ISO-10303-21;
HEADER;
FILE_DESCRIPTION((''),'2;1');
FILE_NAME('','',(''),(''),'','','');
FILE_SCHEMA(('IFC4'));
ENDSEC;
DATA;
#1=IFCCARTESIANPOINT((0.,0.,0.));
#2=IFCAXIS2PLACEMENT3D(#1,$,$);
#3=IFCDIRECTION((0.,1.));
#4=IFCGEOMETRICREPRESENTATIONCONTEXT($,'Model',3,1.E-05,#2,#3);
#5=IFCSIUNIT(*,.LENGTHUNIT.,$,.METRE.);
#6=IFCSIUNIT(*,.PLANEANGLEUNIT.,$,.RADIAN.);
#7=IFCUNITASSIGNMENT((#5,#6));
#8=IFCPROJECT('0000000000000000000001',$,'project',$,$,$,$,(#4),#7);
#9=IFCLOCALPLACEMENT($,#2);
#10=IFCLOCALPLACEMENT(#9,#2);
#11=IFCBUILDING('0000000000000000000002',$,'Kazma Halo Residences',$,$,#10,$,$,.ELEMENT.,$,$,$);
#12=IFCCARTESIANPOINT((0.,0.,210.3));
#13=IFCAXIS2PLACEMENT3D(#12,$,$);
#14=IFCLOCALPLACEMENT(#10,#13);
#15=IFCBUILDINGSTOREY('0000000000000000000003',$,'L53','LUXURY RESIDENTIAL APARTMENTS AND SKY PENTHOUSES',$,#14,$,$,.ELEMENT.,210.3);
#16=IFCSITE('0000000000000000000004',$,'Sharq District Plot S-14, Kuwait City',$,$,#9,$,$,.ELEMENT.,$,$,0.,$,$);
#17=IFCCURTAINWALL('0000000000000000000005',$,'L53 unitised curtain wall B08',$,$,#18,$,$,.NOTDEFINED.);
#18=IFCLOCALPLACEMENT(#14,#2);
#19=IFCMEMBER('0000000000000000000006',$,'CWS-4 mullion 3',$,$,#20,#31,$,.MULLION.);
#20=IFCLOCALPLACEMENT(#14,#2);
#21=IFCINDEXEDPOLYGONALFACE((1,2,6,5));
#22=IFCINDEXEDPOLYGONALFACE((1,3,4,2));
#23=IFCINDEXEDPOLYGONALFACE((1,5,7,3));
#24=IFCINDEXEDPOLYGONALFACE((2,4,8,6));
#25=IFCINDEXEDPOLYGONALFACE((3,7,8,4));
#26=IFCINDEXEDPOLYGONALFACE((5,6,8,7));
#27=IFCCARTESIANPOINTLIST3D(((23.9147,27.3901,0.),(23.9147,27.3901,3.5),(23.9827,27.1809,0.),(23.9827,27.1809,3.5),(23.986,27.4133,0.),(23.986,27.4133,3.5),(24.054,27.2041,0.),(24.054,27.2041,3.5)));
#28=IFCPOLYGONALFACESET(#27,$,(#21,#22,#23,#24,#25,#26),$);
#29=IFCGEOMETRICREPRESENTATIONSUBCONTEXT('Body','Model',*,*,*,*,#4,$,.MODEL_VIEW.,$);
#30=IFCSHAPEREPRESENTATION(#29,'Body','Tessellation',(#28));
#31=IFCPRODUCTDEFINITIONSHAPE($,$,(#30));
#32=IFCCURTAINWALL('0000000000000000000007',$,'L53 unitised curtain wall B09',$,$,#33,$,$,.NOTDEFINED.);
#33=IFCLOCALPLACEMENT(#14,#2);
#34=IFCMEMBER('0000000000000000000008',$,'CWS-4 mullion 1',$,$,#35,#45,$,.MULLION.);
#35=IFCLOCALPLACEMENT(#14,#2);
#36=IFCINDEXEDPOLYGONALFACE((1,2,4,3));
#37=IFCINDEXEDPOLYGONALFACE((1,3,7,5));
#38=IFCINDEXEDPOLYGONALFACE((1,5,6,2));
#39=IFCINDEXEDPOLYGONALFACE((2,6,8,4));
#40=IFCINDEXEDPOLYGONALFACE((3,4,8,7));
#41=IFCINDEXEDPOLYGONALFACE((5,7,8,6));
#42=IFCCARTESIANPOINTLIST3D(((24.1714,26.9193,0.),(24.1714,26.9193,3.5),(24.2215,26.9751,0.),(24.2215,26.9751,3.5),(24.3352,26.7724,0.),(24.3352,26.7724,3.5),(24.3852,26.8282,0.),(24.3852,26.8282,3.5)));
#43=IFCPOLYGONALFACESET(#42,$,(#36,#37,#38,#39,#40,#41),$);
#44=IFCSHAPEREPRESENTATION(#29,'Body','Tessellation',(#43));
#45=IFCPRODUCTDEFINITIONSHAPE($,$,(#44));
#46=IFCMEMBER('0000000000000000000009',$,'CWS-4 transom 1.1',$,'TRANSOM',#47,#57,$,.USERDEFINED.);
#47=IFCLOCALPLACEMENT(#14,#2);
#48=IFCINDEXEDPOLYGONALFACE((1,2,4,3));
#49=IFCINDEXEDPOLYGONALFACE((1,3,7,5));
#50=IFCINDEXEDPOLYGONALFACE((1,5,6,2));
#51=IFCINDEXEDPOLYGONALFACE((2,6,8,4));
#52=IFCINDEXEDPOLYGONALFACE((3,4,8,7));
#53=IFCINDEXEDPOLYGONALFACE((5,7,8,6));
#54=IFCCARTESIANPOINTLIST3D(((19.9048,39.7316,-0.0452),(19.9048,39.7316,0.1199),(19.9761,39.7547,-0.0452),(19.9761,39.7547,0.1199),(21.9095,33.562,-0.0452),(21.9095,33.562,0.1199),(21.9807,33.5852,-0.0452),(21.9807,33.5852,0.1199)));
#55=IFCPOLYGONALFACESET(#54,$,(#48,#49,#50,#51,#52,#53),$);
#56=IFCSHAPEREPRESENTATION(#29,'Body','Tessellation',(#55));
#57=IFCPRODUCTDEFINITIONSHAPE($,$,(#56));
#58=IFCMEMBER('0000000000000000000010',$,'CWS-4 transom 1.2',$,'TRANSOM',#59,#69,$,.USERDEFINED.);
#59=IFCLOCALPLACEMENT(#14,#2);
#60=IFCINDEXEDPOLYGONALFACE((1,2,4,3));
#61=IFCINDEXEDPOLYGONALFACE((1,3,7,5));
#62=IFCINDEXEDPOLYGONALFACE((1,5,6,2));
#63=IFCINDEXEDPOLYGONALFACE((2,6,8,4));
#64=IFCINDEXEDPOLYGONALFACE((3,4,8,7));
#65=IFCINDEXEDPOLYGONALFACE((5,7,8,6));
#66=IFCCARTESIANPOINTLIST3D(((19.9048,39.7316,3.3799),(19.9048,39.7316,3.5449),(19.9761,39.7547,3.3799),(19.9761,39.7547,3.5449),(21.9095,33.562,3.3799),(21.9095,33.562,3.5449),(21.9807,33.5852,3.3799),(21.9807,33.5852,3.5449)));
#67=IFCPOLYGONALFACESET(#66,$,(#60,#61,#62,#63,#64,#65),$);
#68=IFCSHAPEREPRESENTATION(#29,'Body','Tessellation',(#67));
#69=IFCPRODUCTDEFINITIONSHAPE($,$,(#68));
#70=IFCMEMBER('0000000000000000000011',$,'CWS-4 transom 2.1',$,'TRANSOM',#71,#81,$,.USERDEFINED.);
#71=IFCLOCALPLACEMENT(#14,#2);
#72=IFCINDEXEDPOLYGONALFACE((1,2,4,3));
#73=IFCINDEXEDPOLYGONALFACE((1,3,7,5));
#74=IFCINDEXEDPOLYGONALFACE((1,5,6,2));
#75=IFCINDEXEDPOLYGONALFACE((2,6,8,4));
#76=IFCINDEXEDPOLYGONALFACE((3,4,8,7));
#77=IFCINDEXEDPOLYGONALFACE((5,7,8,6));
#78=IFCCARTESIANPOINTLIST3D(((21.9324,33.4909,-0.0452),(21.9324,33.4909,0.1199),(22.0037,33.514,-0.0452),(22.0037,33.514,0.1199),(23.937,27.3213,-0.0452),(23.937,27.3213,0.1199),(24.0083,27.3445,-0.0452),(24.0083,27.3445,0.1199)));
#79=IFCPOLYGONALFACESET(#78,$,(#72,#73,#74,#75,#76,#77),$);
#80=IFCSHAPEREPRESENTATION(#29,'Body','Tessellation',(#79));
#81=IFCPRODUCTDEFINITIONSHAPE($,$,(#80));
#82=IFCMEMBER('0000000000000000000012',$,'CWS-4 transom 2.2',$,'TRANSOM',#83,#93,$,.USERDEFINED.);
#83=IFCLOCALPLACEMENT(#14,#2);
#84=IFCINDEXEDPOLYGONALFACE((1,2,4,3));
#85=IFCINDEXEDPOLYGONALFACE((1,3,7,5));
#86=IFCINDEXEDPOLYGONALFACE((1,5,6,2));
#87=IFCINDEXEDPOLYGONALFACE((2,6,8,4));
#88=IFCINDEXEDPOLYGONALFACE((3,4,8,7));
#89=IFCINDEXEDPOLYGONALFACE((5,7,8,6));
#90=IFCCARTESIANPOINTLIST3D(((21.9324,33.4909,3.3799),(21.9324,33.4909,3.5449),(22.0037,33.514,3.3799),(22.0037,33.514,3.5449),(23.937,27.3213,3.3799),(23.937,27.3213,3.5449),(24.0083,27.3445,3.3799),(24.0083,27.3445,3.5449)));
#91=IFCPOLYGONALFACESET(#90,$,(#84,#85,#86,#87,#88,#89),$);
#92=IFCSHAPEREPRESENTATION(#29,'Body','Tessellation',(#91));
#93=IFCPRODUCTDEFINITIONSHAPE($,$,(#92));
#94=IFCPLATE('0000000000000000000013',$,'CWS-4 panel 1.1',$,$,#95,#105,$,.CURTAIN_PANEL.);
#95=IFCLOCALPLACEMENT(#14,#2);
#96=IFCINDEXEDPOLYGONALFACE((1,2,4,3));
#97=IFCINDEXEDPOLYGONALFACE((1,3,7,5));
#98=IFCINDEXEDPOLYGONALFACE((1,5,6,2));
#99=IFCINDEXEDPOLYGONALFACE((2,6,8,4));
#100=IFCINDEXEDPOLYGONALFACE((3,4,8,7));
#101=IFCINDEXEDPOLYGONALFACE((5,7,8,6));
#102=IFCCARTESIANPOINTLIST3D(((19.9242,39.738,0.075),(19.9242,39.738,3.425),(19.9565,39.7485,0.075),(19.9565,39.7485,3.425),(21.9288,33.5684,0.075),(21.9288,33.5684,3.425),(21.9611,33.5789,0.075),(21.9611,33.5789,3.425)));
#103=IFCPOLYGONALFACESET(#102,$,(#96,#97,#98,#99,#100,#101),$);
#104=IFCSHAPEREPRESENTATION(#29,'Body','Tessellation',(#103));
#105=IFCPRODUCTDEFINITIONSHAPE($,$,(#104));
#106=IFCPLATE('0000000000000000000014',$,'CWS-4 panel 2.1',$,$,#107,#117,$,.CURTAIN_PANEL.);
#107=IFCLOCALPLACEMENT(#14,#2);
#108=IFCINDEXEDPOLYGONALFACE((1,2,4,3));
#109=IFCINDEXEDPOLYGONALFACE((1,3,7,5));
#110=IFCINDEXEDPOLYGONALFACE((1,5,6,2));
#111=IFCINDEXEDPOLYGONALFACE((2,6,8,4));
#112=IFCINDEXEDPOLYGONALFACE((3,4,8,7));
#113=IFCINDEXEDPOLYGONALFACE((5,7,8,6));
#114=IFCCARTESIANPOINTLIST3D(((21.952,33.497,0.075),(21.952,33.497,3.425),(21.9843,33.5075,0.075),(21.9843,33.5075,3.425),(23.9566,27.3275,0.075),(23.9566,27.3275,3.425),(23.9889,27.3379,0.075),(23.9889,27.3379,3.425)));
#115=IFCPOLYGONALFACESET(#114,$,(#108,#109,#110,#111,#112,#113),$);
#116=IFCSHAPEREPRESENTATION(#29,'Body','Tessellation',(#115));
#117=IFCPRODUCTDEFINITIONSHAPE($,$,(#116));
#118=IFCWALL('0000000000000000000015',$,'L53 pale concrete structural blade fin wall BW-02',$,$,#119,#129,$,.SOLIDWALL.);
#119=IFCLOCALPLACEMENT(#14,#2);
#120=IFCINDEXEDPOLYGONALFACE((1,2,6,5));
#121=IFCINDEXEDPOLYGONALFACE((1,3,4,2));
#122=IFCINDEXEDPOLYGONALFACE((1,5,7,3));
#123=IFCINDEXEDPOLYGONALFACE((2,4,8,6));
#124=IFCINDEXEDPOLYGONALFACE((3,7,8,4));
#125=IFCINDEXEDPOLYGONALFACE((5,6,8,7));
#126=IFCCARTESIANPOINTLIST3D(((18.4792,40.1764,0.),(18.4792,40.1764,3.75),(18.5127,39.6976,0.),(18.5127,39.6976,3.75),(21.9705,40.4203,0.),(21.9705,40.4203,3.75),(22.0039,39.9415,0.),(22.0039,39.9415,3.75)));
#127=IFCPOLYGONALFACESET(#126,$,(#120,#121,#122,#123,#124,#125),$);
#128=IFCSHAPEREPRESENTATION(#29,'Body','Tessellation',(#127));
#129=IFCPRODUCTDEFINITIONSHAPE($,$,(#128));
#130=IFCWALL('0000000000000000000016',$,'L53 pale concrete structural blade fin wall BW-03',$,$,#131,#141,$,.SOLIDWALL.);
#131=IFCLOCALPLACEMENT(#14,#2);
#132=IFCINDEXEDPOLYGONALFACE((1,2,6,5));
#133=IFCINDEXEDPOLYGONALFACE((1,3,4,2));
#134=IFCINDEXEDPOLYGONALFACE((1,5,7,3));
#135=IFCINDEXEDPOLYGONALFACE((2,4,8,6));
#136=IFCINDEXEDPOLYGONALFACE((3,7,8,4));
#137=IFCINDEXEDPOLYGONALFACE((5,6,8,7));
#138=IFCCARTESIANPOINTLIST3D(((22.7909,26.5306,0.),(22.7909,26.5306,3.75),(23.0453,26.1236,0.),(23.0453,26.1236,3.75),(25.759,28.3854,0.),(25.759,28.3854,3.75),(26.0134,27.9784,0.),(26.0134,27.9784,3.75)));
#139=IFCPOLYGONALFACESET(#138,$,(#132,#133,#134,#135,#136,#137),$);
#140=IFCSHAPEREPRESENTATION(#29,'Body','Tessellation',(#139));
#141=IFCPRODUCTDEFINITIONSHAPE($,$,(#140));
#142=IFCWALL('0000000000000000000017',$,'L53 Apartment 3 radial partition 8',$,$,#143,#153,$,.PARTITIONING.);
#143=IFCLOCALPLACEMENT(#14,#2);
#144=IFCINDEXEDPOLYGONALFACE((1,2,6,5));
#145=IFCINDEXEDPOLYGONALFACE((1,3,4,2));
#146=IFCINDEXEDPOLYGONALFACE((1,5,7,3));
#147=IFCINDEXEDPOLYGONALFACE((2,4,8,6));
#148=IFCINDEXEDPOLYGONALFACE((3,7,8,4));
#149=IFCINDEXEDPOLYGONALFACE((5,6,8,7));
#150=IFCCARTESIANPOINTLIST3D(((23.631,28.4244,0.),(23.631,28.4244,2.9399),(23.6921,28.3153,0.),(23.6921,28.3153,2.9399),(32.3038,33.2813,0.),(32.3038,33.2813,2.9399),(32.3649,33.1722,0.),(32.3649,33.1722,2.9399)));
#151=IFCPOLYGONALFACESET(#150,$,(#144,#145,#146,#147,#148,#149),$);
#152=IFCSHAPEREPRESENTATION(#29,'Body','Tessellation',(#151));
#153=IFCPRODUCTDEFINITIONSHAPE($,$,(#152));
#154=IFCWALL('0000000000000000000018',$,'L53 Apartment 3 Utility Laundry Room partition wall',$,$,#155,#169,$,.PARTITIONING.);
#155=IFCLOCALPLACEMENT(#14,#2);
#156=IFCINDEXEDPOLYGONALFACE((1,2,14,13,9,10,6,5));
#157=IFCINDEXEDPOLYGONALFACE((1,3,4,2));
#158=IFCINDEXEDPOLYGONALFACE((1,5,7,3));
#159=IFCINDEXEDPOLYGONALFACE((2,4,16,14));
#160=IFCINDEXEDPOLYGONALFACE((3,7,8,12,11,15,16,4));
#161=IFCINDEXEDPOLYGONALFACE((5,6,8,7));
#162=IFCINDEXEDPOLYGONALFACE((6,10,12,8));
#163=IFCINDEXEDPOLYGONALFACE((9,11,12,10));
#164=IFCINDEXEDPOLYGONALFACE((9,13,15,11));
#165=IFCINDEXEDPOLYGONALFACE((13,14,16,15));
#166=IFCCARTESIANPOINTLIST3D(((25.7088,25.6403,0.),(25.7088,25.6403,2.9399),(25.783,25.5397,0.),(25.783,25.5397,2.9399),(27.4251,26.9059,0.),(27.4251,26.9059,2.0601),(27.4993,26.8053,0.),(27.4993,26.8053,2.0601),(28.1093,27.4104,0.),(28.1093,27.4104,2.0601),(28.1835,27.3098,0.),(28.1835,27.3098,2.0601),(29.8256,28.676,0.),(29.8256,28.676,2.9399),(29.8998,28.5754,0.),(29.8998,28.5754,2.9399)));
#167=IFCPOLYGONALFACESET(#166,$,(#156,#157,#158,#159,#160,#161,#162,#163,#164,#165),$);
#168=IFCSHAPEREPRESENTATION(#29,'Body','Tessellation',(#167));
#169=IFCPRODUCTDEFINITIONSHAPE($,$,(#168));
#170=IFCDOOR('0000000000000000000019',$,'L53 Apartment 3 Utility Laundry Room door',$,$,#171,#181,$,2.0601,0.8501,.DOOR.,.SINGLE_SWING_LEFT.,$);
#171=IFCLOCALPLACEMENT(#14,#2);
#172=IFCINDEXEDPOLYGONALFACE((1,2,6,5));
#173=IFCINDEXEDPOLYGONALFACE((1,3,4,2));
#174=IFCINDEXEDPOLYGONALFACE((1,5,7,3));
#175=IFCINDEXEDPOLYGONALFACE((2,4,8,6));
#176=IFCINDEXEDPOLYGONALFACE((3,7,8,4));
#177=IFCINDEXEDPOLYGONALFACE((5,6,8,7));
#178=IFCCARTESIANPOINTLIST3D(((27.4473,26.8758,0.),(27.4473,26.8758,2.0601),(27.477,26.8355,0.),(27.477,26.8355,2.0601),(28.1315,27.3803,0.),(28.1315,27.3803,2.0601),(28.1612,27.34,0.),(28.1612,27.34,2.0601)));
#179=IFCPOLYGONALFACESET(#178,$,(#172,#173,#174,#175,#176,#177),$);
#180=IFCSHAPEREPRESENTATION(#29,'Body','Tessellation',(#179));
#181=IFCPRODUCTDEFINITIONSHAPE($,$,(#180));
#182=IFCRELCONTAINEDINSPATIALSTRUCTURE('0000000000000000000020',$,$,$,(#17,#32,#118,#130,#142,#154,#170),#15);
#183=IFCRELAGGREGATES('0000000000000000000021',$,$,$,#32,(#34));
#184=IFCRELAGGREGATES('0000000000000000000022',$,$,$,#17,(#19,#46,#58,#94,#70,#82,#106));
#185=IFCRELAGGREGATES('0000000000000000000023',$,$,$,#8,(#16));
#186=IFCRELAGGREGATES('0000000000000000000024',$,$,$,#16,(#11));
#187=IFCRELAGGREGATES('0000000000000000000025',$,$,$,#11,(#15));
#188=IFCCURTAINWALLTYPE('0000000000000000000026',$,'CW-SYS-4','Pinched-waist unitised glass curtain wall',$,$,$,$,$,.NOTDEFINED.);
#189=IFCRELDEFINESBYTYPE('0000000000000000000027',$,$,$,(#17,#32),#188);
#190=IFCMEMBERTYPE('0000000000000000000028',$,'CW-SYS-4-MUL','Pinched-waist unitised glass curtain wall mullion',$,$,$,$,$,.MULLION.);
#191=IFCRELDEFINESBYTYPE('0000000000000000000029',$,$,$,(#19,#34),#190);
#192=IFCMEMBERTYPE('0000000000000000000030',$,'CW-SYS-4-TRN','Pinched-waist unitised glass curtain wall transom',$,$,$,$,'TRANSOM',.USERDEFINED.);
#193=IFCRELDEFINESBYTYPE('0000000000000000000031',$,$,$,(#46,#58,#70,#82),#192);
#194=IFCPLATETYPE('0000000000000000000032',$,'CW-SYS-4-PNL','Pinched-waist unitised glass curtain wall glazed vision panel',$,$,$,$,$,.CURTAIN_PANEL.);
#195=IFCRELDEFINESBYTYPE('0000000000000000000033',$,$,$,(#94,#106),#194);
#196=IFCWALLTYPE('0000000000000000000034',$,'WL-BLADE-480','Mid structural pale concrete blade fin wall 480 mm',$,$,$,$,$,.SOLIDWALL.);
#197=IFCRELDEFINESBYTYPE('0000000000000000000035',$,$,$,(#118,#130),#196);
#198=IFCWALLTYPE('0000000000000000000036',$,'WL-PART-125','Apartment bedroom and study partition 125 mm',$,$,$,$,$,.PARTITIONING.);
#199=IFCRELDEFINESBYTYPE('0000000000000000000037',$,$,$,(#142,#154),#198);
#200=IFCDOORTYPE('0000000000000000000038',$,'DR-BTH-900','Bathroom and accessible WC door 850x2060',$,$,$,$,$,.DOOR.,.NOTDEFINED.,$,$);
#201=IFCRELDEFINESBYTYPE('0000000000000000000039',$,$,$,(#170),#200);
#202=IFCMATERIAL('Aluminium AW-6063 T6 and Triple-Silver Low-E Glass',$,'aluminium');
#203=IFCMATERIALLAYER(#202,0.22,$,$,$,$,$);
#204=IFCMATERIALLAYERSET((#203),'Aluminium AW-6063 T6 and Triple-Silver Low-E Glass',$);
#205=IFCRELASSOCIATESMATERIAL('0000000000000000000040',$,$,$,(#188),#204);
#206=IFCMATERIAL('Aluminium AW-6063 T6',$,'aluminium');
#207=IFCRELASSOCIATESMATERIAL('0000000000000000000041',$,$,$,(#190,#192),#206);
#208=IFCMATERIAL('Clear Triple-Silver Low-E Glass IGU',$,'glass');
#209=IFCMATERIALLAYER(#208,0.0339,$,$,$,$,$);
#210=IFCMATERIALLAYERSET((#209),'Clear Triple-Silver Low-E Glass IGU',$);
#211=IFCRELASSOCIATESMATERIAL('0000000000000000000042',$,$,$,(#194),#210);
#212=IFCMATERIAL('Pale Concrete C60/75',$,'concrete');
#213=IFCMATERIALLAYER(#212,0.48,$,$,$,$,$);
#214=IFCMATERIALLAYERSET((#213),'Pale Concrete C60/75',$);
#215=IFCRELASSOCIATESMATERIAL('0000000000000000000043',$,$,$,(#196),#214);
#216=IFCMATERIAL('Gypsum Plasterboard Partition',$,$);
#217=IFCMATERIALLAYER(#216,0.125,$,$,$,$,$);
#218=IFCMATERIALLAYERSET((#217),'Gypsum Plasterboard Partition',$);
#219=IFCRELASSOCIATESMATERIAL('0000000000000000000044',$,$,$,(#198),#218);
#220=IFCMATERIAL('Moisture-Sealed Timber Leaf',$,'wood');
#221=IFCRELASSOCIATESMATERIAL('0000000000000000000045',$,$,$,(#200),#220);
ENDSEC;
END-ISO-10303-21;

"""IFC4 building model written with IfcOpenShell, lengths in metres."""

from ifc_helpers import new_model, si_unit, direction, frame, frame_2d, origin, origin_2d, place, context, subcontext, project, spatial, rectangle, extrude, material, layer, layer_set, material_profile, profile_set, type_object, element, fill, aggregate, save


model = new_model("IFC4")

# Units and contexts
model_context = context("Model", 3, precision=1e-05, world=origin(), true_north=direction((0.0, 1.0)))
body_context = subcontext(model_context, "Body", "Model", "MODEL_VIEW")
ifc_project = project(units=[si_unit("LENGTHUNIT", "METRE"), si_unit("PLANEANGLEUNIT", "RADIAN")], contexts=[model_context])

# Site, building, storey
site_placement = place(None, origin())
site = spatial("IfcSite", under=ifc_project, at=site_placement, Name="Sharq District Plot S-14, Kuwait City", CompositionType="ELEMENT", RefElevation=0.0)
building_placement = place(site_placement, origin())
building = spatial("IfcBuilding", under=site, at=building_placement, Name="Kazma Halo Residences", CompositionType="ELEMENT")
storey_placement = place(building_placement, frame((0.0, 0.0, 210.3)))
storey = spatial("IfcBuildingStorey", under=building, at=storey_placement, Name="L53", Description="LUXURY RESIDENTIAL APARTMENTS AND SKY PENTHOUSES", CompositionType="ELEMENT", Elevation=210.3)

# Shared definitions
ifc_material_1 = material(Name="Aluminium AW-6063 T6 and Triple-Silver Low-E Glass", Category="aluminium")
ifc_layer_1 = layer(ifc_material_1, 0.22)
ifc_layer_set_1 = layer_set([ifc_layer_1], Name="Aluminium AW-6063 T6 and Triple-Silver Low-E Glass")
curtain_wall_type = type_object("IfcCurtainWallType", Name="CW-SYS-4", Description="Pinched-waist unitised glass curtain wall", PredefinedType="NOTDEFINED", material=ifc_layer_set_1)
ifc_material_2 = material(Name="Aluminium AW-6063 T6", Category="aluminium")
ifc_material_profile_1 = material_profile(ifc_material_2, rectangle(XDim=0.075, YDim=0.22, at=origin_2d()), Name="CWM-75x220")
ifc_profile_set_1 = profile_set([ifc_material_profile_1], Name="Aluminium AW-6063 T6")
member_type_1 = type_object("IfcMemberType", Name="CW-SYS-4-MUL", Description="Pinched-waist unitised glass curtain wall mullion", PredefinedType="MULLION", material=ifc_profile_set_1)

# Curtain wall, member
curtain_wall_1_placement = place(storey_placement, origin())
curtain_wall_1 = element("IfcCurtainWall", 1, at=curtain_wall_1_placement, inside=storey, type_object=curtain_wall_type, Name="L53 unitised curtain wall B08", PredefinedType="NOTDEFINED")
member_1_placement = place(storey_placement, frame((23.9844, 27.2971, 0.0), z_axis=(0.0, 0.0, 1.0), x_axis=(0.951057, 0.309016, 0.0)))
member_1 = element("IfcMember", 2, at=member_1_placement, type_object=member_type_1, Name="CWS-4 mullion 3", PredefinedType="MULLION", context=body_context, shape_type="SweptSolid", body=[
    extrude(rectangle(XDim=0.075, YDim=0.22, at=origin_2d()), origin(), (0.0, 0.0, 1.0), 3.5),
])

# Curtain wall, member
curtain_wall_2_placement = place(storey_placement, origin())
curtain_wall_2 = element("IfcCurtainWall", 3, at=curtain_wall_2_placement, inside=storey, type_object=curtain_wall_type, Name="L53 unitised curtain wall B09", PredefinedType="NOTDEFINED")
member_2_placement = place(storey_placement, frame((24.2783, 26.8738, 0.0), z_axis=(0.0, 0.0, 1.0), x_axis=(0.667784, 0.744355, 0.0)))
member_2 = element("IfcMember", 4, at=member_2_placement, type_object=member_type_1, Name="CWS-4 mullion 1", PredefinedType="MULLION", context=body_context, shape_type="SweptSolid", body=[
    extrude(rectangle(XDim=0.075, YDim=0.22, at=origin_2d()), origin(), (0.0, 0.0, 1.0), 3.5),
])
aggregate(curtain_wall_2, [member_2])

# Members
ifc_material_profile_2 = material_profile(ifc_material_2, rectangle(XDim=0.075, YDim=0.165, at=origin_2d()), Name="CWT-75x165")
ifc_profile_set_2 = profile_set([ifc_material_profile_2], Name="Aluminium AW-6063 T6")
member_type_2 = type_object("IfcMemberType", Name="CW-SYS-4-TRN", Description="Pinched-waist unitised glass curtain wall transom", ElementType="TRANSOM", PredefinedType="USERDEFINED", material=ifc_profile_set_2)
member_3_placement = place(storey_placement, frame((19.9404, 39.7432, 0.0374), z_axis=(0.309027, -0.951053, 0.0), x_axis=(0.951053, 0.309027, 0.0)))
member_3 = element("IfcMember", 5, at=member_3_placement, type_object=member_type_2, Name="CWS-4 transom 1.1", ObjectType="TRANSOM", PredefinedType="USERDEFINED", context=body_context, shape_type="SweptSolid", body=[
    extrude(rectangle(XDim=0.075, YDim=0.165, at=origin_2d()), origin(), (0.0, 0.0, 1.0), 6.4871),
])
member_4_placement = place(storey_placement, frame((19.9404, 39.7432, 3.4624), z_axis=(0.309027, -0.951053, 0.0), x_axis=(0.951053, 0.309027, 0.0)))
member_4 = element("IfcMember", 6, at=member_4_placement, type_object=member_type_2, Name="CWS-4 transom 1.2", ObjectType="TRANSOM", PredefinedType="USERDEFINED", context=body_context, shape_type="SweptSolid", body=[
    extrude(rectangle(XDim=0.075, YDim=0.165, at=origin_2d()), origin(), (0.0, 0.0, 1.0), 6.4871),
])
member_5_placement = place(storey_placement, frame((21.968, 33.5024, 0.0374), z_axis=(0.309015, -0.951057, 0.0), x_axis=(0.951057, 0.309015, 0.0)))
member_5 = element("IfcMember", 7, at=member_5_placement, type_object=member_type_2, Name="CWS-4 transom 2.1", ObjectType="TRANSOM", PredefinedType="USERDEFINED", context=body_context, shape_type="SweptSolid", body=[
    extrude(rectangle(XDim=0.075, YDim=0.165, at=origin_2d()), origin(), (0.0, 0.0, 1.0), 6.4871),
])
member_6_placement = place(storey_placement, frame((21.968, 33.5024, 3.4624), z_axis=(0.309015, -0.951057, 0.0), x_axis=(0.951057, 0.309015, 0.0)))
member_6 = element("IfcMember", 8, at=member_6_placement, type_object=member_type_2, Name="CWS-4 transom 2.2", ObjectType="TRANSOM", PredefinedType="USERDEFINED", context=body_context, shape_type="SweptSolid", body=[
    extrude(rectangle(XDim=0.075, YDim=0.165, at=origin_2d()), origin(), (0.0, 0.0, 1.0), 6.4871),
])

# Plates
ifc_material_3 = material(Name="Clear Triple-Silver Low-E Glass IGU", Category="glass")
ifc_layer_2 = layer(ifc_material_3, 0.0339)
ifc_layer_set_2 = layer_set([ifc_layer_2], Name="Clear Triple-Silver Low-E Glass IGU")
plate_type = type_object("IfcPlateType", Name="CW-SYS-4-PNL", Description="Pinched-waist unitised glass curtain wall glazed vision panel", PredefinedType="CURTAIN_PANEL", material=ifc_layer_set_2)
plate_1_placement = place(storey_placement, frame((20.9426, 36.6584, 0.075), z_axis=(0.0, 0.0, 1.0), x_axis=(0.309016, -0.951057, 0.0)))
plate_1 = element("IfcPlate", 9, at=plate_1_placement, type_object=plate_type, Name="CWS-4 panel 1.1", PredefinedType="CURTAIN_PANEL", context=body_context, shape_type="SweptSolid", body=[
    extrude(rectangle(XDim=6.4871, YDim=0.0339, at=origin_2d()), origin(), (0.0, 0.0, 1.0), 3.3501),
])
plate_2_placement = place(storey_placement, frame((22.9705, 30.4175, 0.075), z_axis=(0.0, 0.0, 1.0), x_axis=(0.309016, -0.951057, 0.0)))
plate_2 = element("IfcPlate", 10, at=plate_2_placement, type_object=plate_type, Name="CWS-4 panel 2.1", PredefinedType="CURTAIN_PANEL", context=body_context, shape_type="SweptSolid", body=[
    extrude(rectangle(XDim=6.4871, YDim=0.0339, at=origin_2d()), origin(), (0.0, 0.0, 1.0), 3.3501),
])
aggregate(curtain_wall_1, [member_1, member_3, member_4, plate_1, member_5, member_6, plate_2])

# Walls
ifc_material_4 = material(Name="Pale Concrete C60/75", Category="concrete")
ifc_layer_3 = layer(ifc_material_4, 0.48)
ifc_layer_set_3 = layer_set([ifc_layer_3], Name="Pale Concrete C60/75")
wall_type_1 = type_object("IfcWallType", Name="WL-BLADE-480", Description="Mid structural pale concrete blade fin wall 480 mm", PredefinedType="SOLIDWALL", material=ifc_layer_set_3)
wall_1_placement = place(storey_placement, frame((21.9873, 40.1809, 0.0), z_axis=(0.0, 0.0, 1.0), x_axis=(-0.997569, -0.06969, 0.0)))
element("IfcWall", 11, at=wall_1_placement, inside=storey, type_object=wall_type_1, Name="L53 pale concrete structural blade fin wall BW-02", PredefinedType="SOLIDWALL", context=body_context, shape_type="SweptSolid", body=[
    extrude(rectangle(XDim=3.4998, YDim=0.48, at=frame_2d((1.75, 0.0))), origin(), (0.0, 0.0, 1.0), 3.75),
])
wall_2_placement = place(storey_placement, frame((25.8862, 28.1819, 0.0), z_axis=(0.0, 0.0, 1.0), x_axis=(-0.848034, -0.529943, 0.0)))
element("IfcWall", 12, at=wall_2_placement, inside=storey, type_object=wall_type_1, Name="L53 pale concrete structural blade fin wall BW-03", PredefinedType="SOLIDWALL", context=body_context, shape_type="SweptSolid", body=[
    extrude(rectangle(XDim=3.5, YDim=0.48, at=frame_2d((1.75, 0.0))), origin(), (0.0, 0.0, 1.0), 3.75),
])
ifc_material_5 = material(Name="Gypsum Plasterboard Partition")
ifc_layer_4 = layer(ifc_material_5, 0.125)
ifc_layer_set_4 = layer_set([ifc_layer_4], Name="Gypsum Plasterboard Partition")
wall_type_2 = type_object("IfcWallType", Name="WL-PART-125", Description="Apartment bedroom and study partition 125 mm", PredefinedType="PARTITIONING", material=ifc_layer_set_4)
wall_3_placement = place(storey_placement, frame((32.3345, 33.2268, 0.0), z_axis=(0.0, 0.0, 1.0), x_axis=(-0.8725, -0.488614, 0.0)))
element("IfcWall", 13, at=wall_3_placement, inside=storey, type_object=wall_type_2, Name="L53 Apartment 3 radial partition 8", PredefinedType="PARTITIONING", context=body_context, shape_type="SweptSolid", body=[
    extrude(rectangle(XDim=9.9402, YDim=0.125, at=frame_2d((4.9702, 0.0))), origin(), (0.0, 0.0, 1.0), 2.9399),
])

# Wall, opening, door
wall_4_placement = place(storey_placement, frame((29.8628, 28.6257, 0.0), z_axis=(0.0, 0.0, 1.0), x_axis=(-0.804842, -0.593489, 0.0)))
wall_4 = element("IfcWall", 14, at=wall_4_placement, inside=storey, type_object=wall_type_2, Name="L53 Apartment 3 Utility Laundry Room partition wall", PredefinedType="PARTITIONING", context=body_context, shape_type="SweptSolid", body=[
    extrude(rectangle(XDim=5.115, YDim=0.125, at=frame_2d((2.5576, 0.0))), origin(), (0.0, 0.0, 1.0), 2.9399),
])
opening_1_placement = place(wall_4_placement, frame((2.1326, 0.0, 0.0)))
opening_1 = element("IfcOpeningElement", 15, at=opening_1_placement, cuts=wall_4, PredefinedType="OPENING", context=body_context, shape_type="SweptSolid", body=[
    extrude(rectangle(XDim=0.8501, YDim=2.0601, at=frame_2d((0.425, 1.03))), frame((0.0, 0.0725, 0.0), z_axis=(0.0, -1.0, 0.0), x_axis=(1.0, 0.0, 0.0)), (0.0, 0.0, 1.0), 0.145),
])
ifc_material_6 = material(Name="Moisture-Sealed Timber Leaf", Category="wood")
door_type = type_object("IfcDoorType", Name="DR-BTH-900", Description="Bathroom and accessible WC door 850x2060", OperationType="NOTDEFINED", PredefinedType="DOOR", material=ifc_material_6)
door_1_placement = place(opening_1_placement, origin())
door_1 = element("IfcDoor", 16, at=door_1_placement, inside=storey, type_object=door_type, Name="L53 Apartment 3 Utility Laundry Room door", OperationType="SINGLE_SWING_LEFT", OverallHeight=2.0601, OverallWidth=0.8501, PredefinedType="DOOR", context=body_context, shape_type="SweptSolid", body=[
    extrude(rectangle(XDim=0.8501, YDim=2.0601, at=frame_2d((0.425, 1.03))), frame((0.0, 0.0249, 0.0), z_axis=(0.0, -1.0, 0.0), x_axis=(1.0, 0.0, 0.0)), (0.0, 0.0, 1.0), 0.05),
])
fill(opening_1, door_1)

save(model, "model.ifc")
